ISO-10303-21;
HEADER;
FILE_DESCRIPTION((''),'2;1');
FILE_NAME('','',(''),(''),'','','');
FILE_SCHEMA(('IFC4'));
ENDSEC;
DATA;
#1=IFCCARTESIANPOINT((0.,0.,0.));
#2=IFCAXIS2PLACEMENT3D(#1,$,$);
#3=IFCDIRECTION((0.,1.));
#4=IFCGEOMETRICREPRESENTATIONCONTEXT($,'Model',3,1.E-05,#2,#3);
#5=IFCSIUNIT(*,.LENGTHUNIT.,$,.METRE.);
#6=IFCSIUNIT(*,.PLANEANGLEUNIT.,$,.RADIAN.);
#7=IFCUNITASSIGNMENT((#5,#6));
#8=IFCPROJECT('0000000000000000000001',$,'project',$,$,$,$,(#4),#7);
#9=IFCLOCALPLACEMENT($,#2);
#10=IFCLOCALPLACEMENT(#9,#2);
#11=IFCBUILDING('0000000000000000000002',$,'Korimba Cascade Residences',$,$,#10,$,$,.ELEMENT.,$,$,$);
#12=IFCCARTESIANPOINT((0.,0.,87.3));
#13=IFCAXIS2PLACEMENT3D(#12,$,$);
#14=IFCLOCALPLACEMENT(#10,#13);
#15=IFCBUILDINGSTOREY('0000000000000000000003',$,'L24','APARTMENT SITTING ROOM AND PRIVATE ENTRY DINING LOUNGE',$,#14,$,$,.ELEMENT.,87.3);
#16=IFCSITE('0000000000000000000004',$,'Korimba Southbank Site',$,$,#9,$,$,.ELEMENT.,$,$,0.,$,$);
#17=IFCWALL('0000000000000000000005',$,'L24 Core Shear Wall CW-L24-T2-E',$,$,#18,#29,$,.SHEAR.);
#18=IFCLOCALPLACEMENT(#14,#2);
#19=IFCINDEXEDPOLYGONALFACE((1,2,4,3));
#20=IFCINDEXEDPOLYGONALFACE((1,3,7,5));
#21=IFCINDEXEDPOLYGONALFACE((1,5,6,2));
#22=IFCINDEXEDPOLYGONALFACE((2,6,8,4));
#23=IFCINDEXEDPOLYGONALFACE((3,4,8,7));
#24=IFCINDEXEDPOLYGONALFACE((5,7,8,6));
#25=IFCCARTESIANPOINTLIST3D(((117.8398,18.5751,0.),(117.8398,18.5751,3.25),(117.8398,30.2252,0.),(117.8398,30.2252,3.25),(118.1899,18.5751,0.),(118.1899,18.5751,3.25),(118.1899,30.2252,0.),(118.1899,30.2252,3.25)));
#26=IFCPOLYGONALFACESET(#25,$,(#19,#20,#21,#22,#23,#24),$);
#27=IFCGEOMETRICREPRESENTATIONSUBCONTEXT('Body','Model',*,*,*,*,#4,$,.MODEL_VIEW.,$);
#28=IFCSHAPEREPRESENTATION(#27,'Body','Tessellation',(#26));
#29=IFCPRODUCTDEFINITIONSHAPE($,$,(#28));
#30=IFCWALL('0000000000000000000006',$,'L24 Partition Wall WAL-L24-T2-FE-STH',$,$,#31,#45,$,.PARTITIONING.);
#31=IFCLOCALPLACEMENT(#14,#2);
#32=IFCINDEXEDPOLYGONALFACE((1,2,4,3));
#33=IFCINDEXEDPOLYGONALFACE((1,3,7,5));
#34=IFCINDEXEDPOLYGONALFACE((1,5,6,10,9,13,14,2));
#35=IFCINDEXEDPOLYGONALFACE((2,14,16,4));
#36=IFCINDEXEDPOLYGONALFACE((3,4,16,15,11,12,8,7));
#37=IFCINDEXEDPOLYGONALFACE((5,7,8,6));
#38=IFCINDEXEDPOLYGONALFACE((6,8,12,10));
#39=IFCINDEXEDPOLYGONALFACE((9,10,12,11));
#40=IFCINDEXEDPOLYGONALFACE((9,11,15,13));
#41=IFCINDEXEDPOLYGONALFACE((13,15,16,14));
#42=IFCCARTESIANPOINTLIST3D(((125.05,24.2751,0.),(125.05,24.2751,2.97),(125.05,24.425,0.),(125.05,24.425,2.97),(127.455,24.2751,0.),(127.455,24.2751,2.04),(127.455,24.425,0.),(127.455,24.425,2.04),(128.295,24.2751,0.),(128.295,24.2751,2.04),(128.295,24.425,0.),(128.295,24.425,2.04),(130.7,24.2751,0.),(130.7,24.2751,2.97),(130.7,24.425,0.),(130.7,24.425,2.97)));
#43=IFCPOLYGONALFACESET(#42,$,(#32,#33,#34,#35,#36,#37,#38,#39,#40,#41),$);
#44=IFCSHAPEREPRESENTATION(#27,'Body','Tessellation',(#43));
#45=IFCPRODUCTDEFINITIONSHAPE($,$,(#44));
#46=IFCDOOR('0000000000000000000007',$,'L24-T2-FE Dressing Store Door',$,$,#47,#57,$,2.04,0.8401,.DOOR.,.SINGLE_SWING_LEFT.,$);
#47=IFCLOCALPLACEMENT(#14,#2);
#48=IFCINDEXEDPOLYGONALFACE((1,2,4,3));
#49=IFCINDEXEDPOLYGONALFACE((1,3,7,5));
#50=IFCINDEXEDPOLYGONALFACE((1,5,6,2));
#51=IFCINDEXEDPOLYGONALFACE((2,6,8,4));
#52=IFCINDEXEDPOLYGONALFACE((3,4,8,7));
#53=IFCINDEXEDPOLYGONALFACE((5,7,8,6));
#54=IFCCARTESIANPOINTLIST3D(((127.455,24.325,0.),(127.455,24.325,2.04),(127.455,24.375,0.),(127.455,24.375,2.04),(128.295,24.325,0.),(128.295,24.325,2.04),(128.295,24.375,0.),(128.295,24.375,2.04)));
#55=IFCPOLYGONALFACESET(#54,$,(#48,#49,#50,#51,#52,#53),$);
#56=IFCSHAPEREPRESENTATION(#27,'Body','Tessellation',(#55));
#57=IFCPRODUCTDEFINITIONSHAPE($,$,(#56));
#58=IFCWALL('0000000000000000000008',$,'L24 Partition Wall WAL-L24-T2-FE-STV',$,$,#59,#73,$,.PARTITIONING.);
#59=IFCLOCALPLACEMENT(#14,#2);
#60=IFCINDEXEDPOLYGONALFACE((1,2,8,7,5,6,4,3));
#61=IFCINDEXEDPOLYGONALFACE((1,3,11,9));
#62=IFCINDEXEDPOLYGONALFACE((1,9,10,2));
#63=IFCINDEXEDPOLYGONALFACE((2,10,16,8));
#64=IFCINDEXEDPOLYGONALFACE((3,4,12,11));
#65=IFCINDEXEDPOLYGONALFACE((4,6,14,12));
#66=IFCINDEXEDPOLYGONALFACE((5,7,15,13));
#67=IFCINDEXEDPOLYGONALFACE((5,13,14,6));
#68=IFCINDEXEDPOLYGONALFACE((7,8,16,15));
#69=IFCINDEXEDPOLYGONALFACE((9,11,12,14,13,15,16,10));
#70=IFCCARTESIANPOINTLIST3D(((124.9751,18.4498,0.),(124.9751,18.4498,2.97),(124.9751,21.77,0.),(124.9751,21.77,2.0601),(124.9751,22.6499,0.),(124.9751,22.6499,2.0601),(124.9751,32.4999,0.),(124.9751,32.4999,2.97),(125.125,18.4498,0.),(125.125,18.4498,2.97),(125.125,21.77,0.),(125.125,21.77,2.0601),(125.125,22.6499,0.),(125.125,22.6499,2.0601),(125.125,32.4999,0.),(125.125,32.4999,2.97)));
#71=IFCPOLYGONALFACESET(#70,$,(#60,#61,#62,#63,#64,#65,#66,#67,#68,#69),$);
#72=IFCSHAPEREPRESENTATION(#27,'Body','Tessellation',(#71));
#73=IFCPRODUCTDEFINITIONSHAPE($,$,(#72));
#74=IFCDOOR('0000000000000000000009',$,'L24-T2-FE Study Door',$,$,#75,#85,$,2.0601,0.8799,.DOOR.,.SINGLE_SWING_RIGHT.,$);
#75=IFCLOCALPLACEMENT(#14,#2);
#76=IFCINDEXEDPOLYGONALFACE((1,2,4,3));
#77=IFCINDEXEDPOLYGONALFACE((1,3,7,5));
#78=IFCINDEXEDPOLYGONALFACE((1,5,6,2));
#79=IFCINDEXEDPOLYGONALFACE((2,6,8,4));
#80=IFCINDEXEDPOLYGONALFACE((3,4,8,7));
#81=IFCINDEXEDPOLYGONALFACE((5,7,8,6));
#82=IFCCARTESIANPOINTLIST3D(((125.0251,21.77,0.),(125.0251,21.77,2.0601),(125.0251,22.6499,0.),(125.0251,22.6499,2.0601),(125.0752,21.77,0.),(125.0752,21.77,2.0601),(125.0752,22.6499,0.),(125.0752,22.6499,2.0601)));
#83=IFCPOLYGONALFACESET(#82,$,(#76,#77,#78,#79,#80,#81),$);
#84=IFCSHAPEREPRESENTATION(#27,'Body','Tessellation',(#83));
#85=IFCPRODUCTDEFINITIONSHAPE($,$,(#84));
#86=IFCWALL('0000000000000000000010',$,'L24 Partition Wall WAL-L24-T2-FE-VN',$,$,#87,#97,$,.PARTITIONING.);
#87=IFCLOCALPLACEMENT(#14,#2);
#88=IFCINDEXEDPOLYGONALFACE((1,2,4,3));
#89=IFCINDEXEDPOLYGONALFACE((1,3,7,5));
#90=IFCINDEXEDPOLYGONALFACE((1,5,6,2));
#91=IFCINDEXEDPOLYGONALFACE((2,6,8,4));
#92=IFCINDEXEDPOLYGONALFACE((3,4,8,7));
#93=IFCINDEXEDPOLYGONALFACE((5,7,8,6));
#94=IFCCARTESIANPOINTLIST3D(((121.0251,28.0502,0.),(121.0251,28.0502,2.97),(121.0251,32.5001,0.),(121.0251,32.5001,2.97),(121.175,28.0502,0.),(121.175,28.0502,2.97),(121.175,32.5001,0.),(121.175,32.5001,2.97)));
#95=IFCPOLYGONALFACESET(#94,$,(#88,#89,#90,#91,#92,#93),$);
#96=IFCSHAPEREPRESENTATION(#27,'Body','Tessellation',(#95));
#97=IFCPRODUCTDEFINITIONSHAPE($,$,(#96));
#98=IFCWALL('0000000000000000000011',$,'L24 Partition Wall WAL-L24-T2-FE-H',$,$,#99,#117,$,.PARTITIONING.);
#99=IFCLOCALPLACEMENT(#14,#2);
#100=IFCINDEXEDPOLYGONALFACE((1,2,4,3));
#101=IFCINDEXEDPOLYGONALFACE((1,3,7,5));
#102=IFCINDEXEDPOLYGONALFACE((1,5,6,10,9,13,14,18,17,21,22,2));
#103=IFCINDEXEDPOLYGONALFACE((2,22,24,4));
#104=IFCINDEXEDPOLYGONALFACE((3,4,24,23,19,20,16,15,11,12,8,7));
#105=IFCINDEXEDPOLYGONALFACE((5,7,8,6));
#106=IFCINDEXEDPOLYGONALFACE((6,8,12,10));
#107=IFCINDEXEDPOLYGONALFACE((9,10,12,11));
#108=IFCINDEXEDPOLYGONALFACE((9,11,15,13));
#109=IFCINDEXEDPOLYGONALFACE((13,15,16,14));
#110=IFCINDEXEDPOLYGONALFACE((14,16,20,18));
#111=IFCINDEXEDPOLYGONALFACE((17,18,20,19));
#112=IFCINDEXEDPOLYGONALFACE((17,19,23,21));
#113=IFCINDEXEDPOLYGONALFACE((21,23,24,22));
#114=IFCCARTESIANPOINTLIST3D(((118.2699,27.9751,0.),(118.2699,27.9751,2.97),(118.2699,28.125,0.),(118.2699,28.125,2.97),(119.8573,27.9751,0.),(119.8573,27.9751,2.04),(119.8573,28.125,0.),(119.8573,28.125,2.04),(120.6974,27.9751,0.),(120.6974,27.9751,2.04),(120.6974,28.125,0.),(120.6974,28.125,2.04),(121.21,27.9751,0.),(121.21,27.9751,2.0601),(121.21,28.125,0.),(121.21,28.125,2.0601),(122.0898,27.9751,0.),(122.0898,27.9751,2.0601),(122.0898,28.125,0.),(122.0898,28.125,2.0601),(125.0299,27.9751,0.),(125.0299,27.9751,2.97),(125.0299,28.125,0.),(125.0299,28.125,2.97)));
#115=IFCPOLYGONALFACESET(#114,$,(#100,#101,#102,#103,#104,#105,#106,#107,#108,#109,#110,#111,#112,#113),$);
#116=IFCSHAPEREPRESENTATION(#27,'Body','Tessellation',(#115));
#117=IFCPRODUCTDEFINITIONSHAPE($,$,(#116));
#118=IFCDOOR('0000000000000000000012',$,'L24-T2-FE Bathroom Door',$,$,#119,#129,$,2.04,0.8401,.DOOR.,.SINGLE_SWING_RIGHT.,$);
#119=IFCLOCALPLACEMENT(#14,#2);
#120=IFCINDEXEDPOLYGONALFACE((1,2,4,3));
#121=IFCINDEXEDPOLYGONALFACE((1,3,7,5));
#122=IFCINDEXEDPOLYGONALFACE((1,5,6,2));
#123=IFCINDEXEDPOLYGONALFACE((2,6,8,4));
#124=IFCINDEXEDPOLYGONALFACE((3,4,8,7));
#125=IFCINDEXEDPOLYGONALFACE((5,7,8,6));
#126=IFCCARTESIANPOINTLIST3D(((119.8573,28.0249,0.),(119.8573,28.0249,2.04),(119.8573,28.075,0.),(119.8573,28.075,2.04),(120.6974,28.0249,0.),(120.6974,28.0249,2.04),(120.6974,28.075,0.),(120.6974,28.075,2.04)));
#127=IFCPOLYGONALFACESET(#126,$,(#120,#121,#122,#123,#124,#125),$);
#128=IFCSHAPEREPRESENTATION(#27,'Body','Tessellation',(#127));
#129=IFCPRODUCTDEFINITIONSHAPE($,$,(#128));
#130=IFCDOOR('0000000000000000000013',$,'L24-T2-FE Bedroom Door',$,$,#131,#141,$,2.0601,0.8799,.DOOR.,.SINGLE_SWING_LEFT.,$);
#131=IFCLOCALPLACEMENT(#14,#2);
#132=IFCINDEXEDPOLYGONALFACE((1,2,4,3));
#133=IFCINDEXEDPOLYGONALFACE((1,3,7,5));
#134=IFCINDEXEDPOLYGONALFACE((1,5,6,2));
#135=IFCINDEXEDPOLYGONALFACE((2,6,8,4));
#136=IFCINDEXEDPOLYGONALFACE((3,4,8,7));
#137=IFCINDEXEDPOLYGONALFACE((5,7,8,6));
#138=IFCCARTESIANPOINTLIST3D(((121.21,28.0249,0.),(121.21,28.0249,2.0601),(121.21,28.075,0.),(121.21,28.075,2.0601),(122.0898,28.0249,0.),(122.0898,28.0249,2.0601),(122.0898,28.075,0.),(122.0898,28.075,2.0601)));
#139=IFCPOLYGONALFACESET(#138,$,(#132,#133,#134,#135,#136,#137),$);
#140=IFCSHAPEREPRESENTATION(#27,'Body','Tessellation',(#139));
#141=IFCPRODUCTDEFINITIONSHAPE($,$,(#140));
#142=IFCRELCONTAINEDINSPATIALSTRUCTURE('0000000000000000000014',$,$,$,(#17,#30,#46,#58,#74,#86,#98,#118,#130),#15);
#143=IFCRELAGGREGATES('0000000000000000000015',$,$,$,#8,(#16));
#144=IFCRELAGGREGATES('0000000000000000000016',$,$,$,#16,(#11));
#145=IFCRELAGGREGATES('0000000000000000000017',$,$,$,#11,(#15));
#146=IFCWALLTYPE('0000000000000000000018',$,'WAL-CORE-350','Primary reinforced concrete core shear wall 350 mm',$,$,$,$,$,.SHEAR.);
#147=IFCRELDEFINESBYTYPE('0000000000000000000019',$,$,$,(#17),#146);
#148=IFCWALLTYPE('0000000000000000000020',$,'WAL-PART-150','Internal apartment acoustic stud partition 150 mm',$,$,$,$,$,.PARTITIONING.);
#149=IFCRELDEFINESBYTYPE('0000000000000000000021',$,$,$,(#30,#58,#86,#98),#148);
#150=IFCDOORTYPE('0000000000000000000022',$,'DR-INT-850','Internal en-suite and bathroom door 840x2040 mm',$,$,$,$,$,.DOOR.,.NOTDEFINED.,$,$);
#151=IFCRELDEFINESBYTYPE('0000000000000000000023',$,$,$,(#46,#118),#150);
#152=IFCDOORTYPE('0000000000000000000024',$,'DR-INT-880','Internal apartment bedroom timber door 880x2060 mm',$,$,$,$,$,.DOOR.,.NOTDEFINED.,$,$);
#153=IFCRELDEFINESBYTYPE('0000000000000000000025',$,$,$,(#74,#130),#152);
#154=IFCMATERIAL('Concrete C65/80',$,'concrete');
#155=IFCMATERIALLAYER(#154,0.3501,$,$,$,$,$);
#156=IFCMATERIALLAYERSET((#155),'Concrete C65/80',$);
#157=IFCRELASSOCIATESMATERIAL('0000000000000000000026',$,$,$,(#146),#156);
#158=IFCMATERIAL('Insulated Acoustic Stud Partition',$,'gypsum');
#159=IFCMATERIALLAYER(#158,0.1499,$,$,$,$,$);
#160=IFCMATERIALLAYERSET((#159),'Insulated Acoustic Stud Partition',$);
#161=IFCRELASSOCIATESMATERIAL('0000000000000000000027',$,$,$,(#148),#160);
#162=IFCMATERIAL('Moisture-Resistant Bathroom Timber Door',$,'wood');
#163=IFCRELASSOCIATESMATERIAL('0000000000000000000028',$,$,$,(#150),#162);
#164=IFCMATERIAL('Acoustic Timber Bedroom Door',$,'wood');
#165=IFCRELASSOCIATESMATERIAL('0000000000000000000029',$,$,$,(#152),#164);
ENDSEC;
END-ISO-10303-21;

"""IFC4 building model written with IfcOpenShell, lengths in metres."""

from ifc_helpers import new_model, si_unit, direction, frame, frame_2d, origin, place, context, subcontext, project, spatial, rectangle, extrude, material, layer, layer_set, type_object, element, fill, save


model = new_model("IFC4")

# Units and contexts
model_context = context("Model", 3, precision=1e-05, world=origin(), true_north=direction((0.0, 1.0)))
body_context = subcontext(model_context, "Body", "Model", "MODEL_VIEW")
ifc_project = project(units=[si_unit("LENGTHUNIT", "METRE"), si_unit("PLANEANGLEUNIT", "RADIAN")], contexts=[model_context])

# Site, building, storey
site_placement = place(None, origin())
site = spatial("IfcSite", under=ifc_project, at=site_placement, Name="Korimba Southbank Site", CompositionType="ELEMENT", RefElevation=0.0)
building_placement = place(site_placement, origin())
building = spatial("IfcBuilding", under=site, at=building_placement, Name="Korimba Cascade Residences", CompositionType="ELEMENT")
storey_placement = place(building_placement, frame((0.0, 0.0, 87.3)))
storey = spatial("IfcBuildingStorey", under=building, at=storey_placement, Name="L24", Description="APARTMENT SITTING ROOM AND PRIVATE ENTRY DINING LOUNGE", CompositionType="ELEMENT", Elevation=87.3)

# Shared definitions
ifc_material_1 = material(Name="Concrete C65/80", Category="concrete")

# Wall
ifc_layer_1 = layer(ifc_material_1, 0.3501)
ifc_layer_set_1 = layer_set([ifc_layer_1], Name="Concrete C65/80")
wall_type_1 = type_object("IfcWallType", Name="WAL-CORE-350", Description="Primary reinforced concrete core shear wall 350 mm", PredefinedType="SHEAR", material=ifc_layer_set_1)
wall_1_placement = place(storey_placement, frame((118.0149, 18.575, 0.0), z_axis=(0.0, 0.0, 1.0), x_axis=(0.0, 1.0, 0.0)))
element("IfcWall", 1, at=wall_1_placement, inside=storey, type_object=wall_type_1, Name="L24 Core Shear Wall CW-L24-T2-E", PredefinedType="SHEAR", context=body_context, shape_type="SweptSolid", body=[
    extrude(rectangle(XDim=11.6501, YDim=0.3501, at=frame_2d((5.8252, 0.0))), origin(), (0.0, 0.0, 1.0), 3.25),
])

# Walls, openings, doors
ifc_material_2 = material(Name="Insulated Acoustic Stud Partition", Category="gypsum")
ifc_layer_2 = layer(ifc_material_2, 0.1499)
ifc_layer_set_2 = layer_set([ifc_layer_2], Name="Insulated Acoustic Stud Partition")
wall_type_2 = type_object("IfcWallType", Name="WAL-PART-150", Description="Internal apartment acoustic stud partition 150 mm", PredefinedType="PARTITIONING", material=ifc_layer_set_2)
wall_2_placement = place(storey_placement, frame((125.05, 24.3501, 0.0), z_axis=(0.0, 0.0, 1.0), x_axis=(1.0, 0.0, 0.0)))
wall_2 = element("IfcWall", 2, at=wall_2_placement, inside=storey, type_object=wall_type_2, Name="L24 Partition Wall WAL-L24-T2-FE-STH", PredefinedType="PARTITIONING", context=body_context, shape_type="SweptSolid", body=[
    extrude(rectangle(XDim=5.6499, YDim=0.1499, at=frame_2d((2.825, 0.0))), origin(), (0.0, 0.0, 1.0), 2.97),
])
opening_1_placement = place(wall_2_placement, frame((2.405, 0.0, 0.0)))
opening_1 = element("IfcOpeningElement", 3, at=opening_1_placement, cuts=wall_2, PredefinedType="OPENING", context=body_context, shape_type="SweptSolid", body=[
    extrude(rectangle(XDim=0.8401, YDim=2.04, at=frame_2d((0.4199, 1.02))), frame((0.0, 0.085, 0.0), z_axis=(0.0, -1.0, 0.0), x_axis=(1.0, 0.0, 0.0)), (0.0, 0.0, 1.0), 0.1699),
])
ifc_material_3 = material(Name="Moisture-Resistant Bathroom Timber Door", Category="wood")
door_type_1 = type_object("IfcDoorType", Name="DR-INT-850", Description="Internal en-suite and bathroom door 840x2040 mm", OperationType="NOTDEFINED", PredefinedType="DOOR", material=ifc_material_3)
door_1_placement = place(opening_1_placement, origin())
door_1 = element("IfcDoor", 4, at=door_1_placement, inside=storey, type_object=door_type_1, Name="L24-T2-FE Dressing Store Door", OperationType="SINGLE_SWING_LEFT", OverallHeight=2.04, OverallWidth=0.8401, PredefinedType="DOOR", context=body_context, shape_type="SweptSolid", body=[
    extrude(rectangle(XDim=0.8401, YDim=2.04, at=frame_2d((0.4199, 1.02))), frame((0.0, 0.0249, 0.0), z_axis=(0.0, -1.0, 0.0), x_axis=(1.0, 0.0, 0.0)), (0.0, 0.0, 1.0), 0.05),
])
fill(opening_1, door_1)
wall_3_placement = place(storey_placement, frame((125.05, 18.45, 0.0), z_axis=(0.0, 0.0, 1.0), x_axis=(0.0, 1.0, 0.0)))
wall_3 = element("IfcWall", 5, at=wall_3_placement, inside=storey, type_object=wall_type_2, Name="L24 Partition Wall WAL-L24-T2-FE-STV", PredefinedType="PARTITIONING", context=body_context, shape_type="SweptSolid", body=[
    extrude(rectangle(XDim=14.05, YDim=0.1499, at=frame_2d((7.0249, 0.0))), origin(), (0.0, 0.0, 1.0), 2.97),
])
opening_2_placement = place(wall_3_placement, frame((3.3201, 0.0, 0.0)))
opening_2 = element("IfcOpeningElement", 6, at=opening_2_placement, cuts=wall_3, PredefinedType="OPENING", context=body_context, shape_type="SweptSolid", body=[
    extrude(rectangle(XDim=0.8799, YDim=2.0601, at=frame_2d((0.4399, 1.03))), frame((0.0, 0.085, 0.0), z_axis=(0.0, -1.0, 0.0), x_axis=(1.0, 0.0, 0.0)), (0.0, 0.0, 1.0), 0.1699),
])
ifc_material_4 = material(Name="Acoustic Timber Bedroom Door", Category="wood")
door_type_2 = type_object("IfcDoorType", Name="DR-INT-880", Description="Internal apartment bedroom timber door 880x2060 mm", OperationType="NOTDEFINED", PredefinedType="DOOR", material=ifc_material_4)
door_2_placement = place(opening_2_placement, origin())
door_2 = element("IfcDoor", 7, at=door_2_placement, inside=storey, type_object=door_type_2, Name="L24-T2-FE Study Door", OperationType="SINGLE_SWING_RIGHT", OverallHeight=2.0601, OverallWidth=0.8799, PredefinedType="DOOR", context=body_context, shape_type="SweptSolid", body=[
    extrude(rectangle(XDim=0.8799, YDim=2.0601, at=frame_2d((0.4399, 1.03))), frame((0.0, 0.0249, 0.0), z_axis=(0.0, -1.0, 0.0), x_axis=(1.0, 0.0, 0.0)), (0.0, 0.0, 1.0), 0.05),
])
fill(opening_2, door_2)

# Wall
wall_4_placement = place(storey_placement, frame((121.1001, 28.05, 0.0), z_axis=(0.0, 0.0, 1.0), x_axis=(0.0, 1.0, 0.0)))
element("IfcWall", 8, at=wall_4_placement, inside=storey, type_object=wall_type_2, Name="L24 Partition Wall WAL-L24-T2-FE-VN", PredefinedType="PARTITIONING", context=body_context, shape_type="SweptSolid", body=[
    extrude(rectangle(XDim=4.45, YDim=0.1499, at=frame_2d((2.2251, 0.0))), origin(), (0.0, 0.0, 1.0), 2.97),
])

# Wall, openings, doors
wall_5_placement = place(storey_placement, frame((118.27, 28.05, 0.0), z_axis=(0.0, 0.0, 1.0), x_axis=(1.0, 0.0, 0.0)))
wall_5 = element("IfcWall", 9, at=wall_5_placement, inside=storey, type_object=wall_type_2, Name="L24 Partition Wall WAL-L24-T2-FE-H", PredefinedType="PARTITIONING", context=body_context, shape_type="SweptSolid", body=[
    extrude(rectangle(XDim=6.76, YDim=0.1499, at=frame_2d((3.3799, 0.0))), origin(), (0.0, 0.0, 1.0), 2.97),
])
opening_3_placement = place(wall_5_placement, frame((1.5874, 0.0, 0.0)))
opening_3 = element("IfcOpeningElement", 10, at=opening_3_placement, cuts=wall_5, PredefinedType="OPENING", context=body_context, shape_type="SweptSolid", body=[
    extrude(rectangle(XDim=0.8401, YDim=2.04, at=frame_2d((0.4199, 1.02))), frame((0.0, 0.085, 0.0), z_axis=(0.0, -1.0, 0.0), x_axis=(1.0, 0.0, 0.0)), (0.0, 0.0, 1.0), 0.1699),
])
opening_4_placement = place(wall_5_placement, frame((2.9399, 0.0, 0.0)))
opening_4 = element("IfcOpeningElement", 11, at=opening_4_placement, cuts=wall_5, PredefinedType="OPENING", context=body_context, shape_type="SweptSolid", body=[
    extrude(rectangle(XDim=0.8799, YDim=2.0601, at=frame_2d((0.4399, 1.03))), frame((0.0, 0.085, 0.0), z_axis=(0.0, -1.0, 0.0), x_axis=(1.0, 0.0, 0.0)), (0.0, 0.0, 1.0), 0.1699),
])
door_3_placement = place(opening_3_placement, origin())
door_3 = element("IfcDoor", 12, at=door_3_placement, inside=storey, type_object=door_type_1, Name="L24-T2-FE Bathroom Door", OperationType="SINGLE_SWING_RIGHT", OverallHeight=2.04, OverallWidth=0.8401, PredefinedType="DOOR", context=body_context, shape_type="SweptSolid", body=[
    extrude(rectangle(XDim=0.8401, YDim=2.04, at=frame_2d((0.4199, 1.02))), frame((0.0, 0.0249, 0.0), z_axis=(0.0, -1.0, 0.0), x_axis=(1.0, 0.0, 0.0)), (0.0, 0.0, 1.0), 0.05),
])
fill(opening_3, door_3)
door_4_placement = place(opening_4_placement, origin())
door_4 = element("IfcDoor", 13, at=door_4_placement, inside=storey, type_object=door_type_2, Name="L24-T2-FE Bedroom Door", OperationType="SINGLE_SWING_LEFT", OverallHeight=2.0601, OverallWidth=0.8799, PredefinedType="DOOR", context=body_context, shape_type="SweptSolid", body=[
    extrude(rectangle(XDim=0.8799, YDim=2.0601, at=frame_2d((0.4399, 1.03))), frame((0.0, 0.0249, 0.0), z_axis=(0.0, -1.0, 0.0), x_axis=(1.0, 0.0, 0.0)), (0.0, 0.0, 1.0), 0.05),
])
fill(opening_4, door_4)

save(model, "model.ifc")
